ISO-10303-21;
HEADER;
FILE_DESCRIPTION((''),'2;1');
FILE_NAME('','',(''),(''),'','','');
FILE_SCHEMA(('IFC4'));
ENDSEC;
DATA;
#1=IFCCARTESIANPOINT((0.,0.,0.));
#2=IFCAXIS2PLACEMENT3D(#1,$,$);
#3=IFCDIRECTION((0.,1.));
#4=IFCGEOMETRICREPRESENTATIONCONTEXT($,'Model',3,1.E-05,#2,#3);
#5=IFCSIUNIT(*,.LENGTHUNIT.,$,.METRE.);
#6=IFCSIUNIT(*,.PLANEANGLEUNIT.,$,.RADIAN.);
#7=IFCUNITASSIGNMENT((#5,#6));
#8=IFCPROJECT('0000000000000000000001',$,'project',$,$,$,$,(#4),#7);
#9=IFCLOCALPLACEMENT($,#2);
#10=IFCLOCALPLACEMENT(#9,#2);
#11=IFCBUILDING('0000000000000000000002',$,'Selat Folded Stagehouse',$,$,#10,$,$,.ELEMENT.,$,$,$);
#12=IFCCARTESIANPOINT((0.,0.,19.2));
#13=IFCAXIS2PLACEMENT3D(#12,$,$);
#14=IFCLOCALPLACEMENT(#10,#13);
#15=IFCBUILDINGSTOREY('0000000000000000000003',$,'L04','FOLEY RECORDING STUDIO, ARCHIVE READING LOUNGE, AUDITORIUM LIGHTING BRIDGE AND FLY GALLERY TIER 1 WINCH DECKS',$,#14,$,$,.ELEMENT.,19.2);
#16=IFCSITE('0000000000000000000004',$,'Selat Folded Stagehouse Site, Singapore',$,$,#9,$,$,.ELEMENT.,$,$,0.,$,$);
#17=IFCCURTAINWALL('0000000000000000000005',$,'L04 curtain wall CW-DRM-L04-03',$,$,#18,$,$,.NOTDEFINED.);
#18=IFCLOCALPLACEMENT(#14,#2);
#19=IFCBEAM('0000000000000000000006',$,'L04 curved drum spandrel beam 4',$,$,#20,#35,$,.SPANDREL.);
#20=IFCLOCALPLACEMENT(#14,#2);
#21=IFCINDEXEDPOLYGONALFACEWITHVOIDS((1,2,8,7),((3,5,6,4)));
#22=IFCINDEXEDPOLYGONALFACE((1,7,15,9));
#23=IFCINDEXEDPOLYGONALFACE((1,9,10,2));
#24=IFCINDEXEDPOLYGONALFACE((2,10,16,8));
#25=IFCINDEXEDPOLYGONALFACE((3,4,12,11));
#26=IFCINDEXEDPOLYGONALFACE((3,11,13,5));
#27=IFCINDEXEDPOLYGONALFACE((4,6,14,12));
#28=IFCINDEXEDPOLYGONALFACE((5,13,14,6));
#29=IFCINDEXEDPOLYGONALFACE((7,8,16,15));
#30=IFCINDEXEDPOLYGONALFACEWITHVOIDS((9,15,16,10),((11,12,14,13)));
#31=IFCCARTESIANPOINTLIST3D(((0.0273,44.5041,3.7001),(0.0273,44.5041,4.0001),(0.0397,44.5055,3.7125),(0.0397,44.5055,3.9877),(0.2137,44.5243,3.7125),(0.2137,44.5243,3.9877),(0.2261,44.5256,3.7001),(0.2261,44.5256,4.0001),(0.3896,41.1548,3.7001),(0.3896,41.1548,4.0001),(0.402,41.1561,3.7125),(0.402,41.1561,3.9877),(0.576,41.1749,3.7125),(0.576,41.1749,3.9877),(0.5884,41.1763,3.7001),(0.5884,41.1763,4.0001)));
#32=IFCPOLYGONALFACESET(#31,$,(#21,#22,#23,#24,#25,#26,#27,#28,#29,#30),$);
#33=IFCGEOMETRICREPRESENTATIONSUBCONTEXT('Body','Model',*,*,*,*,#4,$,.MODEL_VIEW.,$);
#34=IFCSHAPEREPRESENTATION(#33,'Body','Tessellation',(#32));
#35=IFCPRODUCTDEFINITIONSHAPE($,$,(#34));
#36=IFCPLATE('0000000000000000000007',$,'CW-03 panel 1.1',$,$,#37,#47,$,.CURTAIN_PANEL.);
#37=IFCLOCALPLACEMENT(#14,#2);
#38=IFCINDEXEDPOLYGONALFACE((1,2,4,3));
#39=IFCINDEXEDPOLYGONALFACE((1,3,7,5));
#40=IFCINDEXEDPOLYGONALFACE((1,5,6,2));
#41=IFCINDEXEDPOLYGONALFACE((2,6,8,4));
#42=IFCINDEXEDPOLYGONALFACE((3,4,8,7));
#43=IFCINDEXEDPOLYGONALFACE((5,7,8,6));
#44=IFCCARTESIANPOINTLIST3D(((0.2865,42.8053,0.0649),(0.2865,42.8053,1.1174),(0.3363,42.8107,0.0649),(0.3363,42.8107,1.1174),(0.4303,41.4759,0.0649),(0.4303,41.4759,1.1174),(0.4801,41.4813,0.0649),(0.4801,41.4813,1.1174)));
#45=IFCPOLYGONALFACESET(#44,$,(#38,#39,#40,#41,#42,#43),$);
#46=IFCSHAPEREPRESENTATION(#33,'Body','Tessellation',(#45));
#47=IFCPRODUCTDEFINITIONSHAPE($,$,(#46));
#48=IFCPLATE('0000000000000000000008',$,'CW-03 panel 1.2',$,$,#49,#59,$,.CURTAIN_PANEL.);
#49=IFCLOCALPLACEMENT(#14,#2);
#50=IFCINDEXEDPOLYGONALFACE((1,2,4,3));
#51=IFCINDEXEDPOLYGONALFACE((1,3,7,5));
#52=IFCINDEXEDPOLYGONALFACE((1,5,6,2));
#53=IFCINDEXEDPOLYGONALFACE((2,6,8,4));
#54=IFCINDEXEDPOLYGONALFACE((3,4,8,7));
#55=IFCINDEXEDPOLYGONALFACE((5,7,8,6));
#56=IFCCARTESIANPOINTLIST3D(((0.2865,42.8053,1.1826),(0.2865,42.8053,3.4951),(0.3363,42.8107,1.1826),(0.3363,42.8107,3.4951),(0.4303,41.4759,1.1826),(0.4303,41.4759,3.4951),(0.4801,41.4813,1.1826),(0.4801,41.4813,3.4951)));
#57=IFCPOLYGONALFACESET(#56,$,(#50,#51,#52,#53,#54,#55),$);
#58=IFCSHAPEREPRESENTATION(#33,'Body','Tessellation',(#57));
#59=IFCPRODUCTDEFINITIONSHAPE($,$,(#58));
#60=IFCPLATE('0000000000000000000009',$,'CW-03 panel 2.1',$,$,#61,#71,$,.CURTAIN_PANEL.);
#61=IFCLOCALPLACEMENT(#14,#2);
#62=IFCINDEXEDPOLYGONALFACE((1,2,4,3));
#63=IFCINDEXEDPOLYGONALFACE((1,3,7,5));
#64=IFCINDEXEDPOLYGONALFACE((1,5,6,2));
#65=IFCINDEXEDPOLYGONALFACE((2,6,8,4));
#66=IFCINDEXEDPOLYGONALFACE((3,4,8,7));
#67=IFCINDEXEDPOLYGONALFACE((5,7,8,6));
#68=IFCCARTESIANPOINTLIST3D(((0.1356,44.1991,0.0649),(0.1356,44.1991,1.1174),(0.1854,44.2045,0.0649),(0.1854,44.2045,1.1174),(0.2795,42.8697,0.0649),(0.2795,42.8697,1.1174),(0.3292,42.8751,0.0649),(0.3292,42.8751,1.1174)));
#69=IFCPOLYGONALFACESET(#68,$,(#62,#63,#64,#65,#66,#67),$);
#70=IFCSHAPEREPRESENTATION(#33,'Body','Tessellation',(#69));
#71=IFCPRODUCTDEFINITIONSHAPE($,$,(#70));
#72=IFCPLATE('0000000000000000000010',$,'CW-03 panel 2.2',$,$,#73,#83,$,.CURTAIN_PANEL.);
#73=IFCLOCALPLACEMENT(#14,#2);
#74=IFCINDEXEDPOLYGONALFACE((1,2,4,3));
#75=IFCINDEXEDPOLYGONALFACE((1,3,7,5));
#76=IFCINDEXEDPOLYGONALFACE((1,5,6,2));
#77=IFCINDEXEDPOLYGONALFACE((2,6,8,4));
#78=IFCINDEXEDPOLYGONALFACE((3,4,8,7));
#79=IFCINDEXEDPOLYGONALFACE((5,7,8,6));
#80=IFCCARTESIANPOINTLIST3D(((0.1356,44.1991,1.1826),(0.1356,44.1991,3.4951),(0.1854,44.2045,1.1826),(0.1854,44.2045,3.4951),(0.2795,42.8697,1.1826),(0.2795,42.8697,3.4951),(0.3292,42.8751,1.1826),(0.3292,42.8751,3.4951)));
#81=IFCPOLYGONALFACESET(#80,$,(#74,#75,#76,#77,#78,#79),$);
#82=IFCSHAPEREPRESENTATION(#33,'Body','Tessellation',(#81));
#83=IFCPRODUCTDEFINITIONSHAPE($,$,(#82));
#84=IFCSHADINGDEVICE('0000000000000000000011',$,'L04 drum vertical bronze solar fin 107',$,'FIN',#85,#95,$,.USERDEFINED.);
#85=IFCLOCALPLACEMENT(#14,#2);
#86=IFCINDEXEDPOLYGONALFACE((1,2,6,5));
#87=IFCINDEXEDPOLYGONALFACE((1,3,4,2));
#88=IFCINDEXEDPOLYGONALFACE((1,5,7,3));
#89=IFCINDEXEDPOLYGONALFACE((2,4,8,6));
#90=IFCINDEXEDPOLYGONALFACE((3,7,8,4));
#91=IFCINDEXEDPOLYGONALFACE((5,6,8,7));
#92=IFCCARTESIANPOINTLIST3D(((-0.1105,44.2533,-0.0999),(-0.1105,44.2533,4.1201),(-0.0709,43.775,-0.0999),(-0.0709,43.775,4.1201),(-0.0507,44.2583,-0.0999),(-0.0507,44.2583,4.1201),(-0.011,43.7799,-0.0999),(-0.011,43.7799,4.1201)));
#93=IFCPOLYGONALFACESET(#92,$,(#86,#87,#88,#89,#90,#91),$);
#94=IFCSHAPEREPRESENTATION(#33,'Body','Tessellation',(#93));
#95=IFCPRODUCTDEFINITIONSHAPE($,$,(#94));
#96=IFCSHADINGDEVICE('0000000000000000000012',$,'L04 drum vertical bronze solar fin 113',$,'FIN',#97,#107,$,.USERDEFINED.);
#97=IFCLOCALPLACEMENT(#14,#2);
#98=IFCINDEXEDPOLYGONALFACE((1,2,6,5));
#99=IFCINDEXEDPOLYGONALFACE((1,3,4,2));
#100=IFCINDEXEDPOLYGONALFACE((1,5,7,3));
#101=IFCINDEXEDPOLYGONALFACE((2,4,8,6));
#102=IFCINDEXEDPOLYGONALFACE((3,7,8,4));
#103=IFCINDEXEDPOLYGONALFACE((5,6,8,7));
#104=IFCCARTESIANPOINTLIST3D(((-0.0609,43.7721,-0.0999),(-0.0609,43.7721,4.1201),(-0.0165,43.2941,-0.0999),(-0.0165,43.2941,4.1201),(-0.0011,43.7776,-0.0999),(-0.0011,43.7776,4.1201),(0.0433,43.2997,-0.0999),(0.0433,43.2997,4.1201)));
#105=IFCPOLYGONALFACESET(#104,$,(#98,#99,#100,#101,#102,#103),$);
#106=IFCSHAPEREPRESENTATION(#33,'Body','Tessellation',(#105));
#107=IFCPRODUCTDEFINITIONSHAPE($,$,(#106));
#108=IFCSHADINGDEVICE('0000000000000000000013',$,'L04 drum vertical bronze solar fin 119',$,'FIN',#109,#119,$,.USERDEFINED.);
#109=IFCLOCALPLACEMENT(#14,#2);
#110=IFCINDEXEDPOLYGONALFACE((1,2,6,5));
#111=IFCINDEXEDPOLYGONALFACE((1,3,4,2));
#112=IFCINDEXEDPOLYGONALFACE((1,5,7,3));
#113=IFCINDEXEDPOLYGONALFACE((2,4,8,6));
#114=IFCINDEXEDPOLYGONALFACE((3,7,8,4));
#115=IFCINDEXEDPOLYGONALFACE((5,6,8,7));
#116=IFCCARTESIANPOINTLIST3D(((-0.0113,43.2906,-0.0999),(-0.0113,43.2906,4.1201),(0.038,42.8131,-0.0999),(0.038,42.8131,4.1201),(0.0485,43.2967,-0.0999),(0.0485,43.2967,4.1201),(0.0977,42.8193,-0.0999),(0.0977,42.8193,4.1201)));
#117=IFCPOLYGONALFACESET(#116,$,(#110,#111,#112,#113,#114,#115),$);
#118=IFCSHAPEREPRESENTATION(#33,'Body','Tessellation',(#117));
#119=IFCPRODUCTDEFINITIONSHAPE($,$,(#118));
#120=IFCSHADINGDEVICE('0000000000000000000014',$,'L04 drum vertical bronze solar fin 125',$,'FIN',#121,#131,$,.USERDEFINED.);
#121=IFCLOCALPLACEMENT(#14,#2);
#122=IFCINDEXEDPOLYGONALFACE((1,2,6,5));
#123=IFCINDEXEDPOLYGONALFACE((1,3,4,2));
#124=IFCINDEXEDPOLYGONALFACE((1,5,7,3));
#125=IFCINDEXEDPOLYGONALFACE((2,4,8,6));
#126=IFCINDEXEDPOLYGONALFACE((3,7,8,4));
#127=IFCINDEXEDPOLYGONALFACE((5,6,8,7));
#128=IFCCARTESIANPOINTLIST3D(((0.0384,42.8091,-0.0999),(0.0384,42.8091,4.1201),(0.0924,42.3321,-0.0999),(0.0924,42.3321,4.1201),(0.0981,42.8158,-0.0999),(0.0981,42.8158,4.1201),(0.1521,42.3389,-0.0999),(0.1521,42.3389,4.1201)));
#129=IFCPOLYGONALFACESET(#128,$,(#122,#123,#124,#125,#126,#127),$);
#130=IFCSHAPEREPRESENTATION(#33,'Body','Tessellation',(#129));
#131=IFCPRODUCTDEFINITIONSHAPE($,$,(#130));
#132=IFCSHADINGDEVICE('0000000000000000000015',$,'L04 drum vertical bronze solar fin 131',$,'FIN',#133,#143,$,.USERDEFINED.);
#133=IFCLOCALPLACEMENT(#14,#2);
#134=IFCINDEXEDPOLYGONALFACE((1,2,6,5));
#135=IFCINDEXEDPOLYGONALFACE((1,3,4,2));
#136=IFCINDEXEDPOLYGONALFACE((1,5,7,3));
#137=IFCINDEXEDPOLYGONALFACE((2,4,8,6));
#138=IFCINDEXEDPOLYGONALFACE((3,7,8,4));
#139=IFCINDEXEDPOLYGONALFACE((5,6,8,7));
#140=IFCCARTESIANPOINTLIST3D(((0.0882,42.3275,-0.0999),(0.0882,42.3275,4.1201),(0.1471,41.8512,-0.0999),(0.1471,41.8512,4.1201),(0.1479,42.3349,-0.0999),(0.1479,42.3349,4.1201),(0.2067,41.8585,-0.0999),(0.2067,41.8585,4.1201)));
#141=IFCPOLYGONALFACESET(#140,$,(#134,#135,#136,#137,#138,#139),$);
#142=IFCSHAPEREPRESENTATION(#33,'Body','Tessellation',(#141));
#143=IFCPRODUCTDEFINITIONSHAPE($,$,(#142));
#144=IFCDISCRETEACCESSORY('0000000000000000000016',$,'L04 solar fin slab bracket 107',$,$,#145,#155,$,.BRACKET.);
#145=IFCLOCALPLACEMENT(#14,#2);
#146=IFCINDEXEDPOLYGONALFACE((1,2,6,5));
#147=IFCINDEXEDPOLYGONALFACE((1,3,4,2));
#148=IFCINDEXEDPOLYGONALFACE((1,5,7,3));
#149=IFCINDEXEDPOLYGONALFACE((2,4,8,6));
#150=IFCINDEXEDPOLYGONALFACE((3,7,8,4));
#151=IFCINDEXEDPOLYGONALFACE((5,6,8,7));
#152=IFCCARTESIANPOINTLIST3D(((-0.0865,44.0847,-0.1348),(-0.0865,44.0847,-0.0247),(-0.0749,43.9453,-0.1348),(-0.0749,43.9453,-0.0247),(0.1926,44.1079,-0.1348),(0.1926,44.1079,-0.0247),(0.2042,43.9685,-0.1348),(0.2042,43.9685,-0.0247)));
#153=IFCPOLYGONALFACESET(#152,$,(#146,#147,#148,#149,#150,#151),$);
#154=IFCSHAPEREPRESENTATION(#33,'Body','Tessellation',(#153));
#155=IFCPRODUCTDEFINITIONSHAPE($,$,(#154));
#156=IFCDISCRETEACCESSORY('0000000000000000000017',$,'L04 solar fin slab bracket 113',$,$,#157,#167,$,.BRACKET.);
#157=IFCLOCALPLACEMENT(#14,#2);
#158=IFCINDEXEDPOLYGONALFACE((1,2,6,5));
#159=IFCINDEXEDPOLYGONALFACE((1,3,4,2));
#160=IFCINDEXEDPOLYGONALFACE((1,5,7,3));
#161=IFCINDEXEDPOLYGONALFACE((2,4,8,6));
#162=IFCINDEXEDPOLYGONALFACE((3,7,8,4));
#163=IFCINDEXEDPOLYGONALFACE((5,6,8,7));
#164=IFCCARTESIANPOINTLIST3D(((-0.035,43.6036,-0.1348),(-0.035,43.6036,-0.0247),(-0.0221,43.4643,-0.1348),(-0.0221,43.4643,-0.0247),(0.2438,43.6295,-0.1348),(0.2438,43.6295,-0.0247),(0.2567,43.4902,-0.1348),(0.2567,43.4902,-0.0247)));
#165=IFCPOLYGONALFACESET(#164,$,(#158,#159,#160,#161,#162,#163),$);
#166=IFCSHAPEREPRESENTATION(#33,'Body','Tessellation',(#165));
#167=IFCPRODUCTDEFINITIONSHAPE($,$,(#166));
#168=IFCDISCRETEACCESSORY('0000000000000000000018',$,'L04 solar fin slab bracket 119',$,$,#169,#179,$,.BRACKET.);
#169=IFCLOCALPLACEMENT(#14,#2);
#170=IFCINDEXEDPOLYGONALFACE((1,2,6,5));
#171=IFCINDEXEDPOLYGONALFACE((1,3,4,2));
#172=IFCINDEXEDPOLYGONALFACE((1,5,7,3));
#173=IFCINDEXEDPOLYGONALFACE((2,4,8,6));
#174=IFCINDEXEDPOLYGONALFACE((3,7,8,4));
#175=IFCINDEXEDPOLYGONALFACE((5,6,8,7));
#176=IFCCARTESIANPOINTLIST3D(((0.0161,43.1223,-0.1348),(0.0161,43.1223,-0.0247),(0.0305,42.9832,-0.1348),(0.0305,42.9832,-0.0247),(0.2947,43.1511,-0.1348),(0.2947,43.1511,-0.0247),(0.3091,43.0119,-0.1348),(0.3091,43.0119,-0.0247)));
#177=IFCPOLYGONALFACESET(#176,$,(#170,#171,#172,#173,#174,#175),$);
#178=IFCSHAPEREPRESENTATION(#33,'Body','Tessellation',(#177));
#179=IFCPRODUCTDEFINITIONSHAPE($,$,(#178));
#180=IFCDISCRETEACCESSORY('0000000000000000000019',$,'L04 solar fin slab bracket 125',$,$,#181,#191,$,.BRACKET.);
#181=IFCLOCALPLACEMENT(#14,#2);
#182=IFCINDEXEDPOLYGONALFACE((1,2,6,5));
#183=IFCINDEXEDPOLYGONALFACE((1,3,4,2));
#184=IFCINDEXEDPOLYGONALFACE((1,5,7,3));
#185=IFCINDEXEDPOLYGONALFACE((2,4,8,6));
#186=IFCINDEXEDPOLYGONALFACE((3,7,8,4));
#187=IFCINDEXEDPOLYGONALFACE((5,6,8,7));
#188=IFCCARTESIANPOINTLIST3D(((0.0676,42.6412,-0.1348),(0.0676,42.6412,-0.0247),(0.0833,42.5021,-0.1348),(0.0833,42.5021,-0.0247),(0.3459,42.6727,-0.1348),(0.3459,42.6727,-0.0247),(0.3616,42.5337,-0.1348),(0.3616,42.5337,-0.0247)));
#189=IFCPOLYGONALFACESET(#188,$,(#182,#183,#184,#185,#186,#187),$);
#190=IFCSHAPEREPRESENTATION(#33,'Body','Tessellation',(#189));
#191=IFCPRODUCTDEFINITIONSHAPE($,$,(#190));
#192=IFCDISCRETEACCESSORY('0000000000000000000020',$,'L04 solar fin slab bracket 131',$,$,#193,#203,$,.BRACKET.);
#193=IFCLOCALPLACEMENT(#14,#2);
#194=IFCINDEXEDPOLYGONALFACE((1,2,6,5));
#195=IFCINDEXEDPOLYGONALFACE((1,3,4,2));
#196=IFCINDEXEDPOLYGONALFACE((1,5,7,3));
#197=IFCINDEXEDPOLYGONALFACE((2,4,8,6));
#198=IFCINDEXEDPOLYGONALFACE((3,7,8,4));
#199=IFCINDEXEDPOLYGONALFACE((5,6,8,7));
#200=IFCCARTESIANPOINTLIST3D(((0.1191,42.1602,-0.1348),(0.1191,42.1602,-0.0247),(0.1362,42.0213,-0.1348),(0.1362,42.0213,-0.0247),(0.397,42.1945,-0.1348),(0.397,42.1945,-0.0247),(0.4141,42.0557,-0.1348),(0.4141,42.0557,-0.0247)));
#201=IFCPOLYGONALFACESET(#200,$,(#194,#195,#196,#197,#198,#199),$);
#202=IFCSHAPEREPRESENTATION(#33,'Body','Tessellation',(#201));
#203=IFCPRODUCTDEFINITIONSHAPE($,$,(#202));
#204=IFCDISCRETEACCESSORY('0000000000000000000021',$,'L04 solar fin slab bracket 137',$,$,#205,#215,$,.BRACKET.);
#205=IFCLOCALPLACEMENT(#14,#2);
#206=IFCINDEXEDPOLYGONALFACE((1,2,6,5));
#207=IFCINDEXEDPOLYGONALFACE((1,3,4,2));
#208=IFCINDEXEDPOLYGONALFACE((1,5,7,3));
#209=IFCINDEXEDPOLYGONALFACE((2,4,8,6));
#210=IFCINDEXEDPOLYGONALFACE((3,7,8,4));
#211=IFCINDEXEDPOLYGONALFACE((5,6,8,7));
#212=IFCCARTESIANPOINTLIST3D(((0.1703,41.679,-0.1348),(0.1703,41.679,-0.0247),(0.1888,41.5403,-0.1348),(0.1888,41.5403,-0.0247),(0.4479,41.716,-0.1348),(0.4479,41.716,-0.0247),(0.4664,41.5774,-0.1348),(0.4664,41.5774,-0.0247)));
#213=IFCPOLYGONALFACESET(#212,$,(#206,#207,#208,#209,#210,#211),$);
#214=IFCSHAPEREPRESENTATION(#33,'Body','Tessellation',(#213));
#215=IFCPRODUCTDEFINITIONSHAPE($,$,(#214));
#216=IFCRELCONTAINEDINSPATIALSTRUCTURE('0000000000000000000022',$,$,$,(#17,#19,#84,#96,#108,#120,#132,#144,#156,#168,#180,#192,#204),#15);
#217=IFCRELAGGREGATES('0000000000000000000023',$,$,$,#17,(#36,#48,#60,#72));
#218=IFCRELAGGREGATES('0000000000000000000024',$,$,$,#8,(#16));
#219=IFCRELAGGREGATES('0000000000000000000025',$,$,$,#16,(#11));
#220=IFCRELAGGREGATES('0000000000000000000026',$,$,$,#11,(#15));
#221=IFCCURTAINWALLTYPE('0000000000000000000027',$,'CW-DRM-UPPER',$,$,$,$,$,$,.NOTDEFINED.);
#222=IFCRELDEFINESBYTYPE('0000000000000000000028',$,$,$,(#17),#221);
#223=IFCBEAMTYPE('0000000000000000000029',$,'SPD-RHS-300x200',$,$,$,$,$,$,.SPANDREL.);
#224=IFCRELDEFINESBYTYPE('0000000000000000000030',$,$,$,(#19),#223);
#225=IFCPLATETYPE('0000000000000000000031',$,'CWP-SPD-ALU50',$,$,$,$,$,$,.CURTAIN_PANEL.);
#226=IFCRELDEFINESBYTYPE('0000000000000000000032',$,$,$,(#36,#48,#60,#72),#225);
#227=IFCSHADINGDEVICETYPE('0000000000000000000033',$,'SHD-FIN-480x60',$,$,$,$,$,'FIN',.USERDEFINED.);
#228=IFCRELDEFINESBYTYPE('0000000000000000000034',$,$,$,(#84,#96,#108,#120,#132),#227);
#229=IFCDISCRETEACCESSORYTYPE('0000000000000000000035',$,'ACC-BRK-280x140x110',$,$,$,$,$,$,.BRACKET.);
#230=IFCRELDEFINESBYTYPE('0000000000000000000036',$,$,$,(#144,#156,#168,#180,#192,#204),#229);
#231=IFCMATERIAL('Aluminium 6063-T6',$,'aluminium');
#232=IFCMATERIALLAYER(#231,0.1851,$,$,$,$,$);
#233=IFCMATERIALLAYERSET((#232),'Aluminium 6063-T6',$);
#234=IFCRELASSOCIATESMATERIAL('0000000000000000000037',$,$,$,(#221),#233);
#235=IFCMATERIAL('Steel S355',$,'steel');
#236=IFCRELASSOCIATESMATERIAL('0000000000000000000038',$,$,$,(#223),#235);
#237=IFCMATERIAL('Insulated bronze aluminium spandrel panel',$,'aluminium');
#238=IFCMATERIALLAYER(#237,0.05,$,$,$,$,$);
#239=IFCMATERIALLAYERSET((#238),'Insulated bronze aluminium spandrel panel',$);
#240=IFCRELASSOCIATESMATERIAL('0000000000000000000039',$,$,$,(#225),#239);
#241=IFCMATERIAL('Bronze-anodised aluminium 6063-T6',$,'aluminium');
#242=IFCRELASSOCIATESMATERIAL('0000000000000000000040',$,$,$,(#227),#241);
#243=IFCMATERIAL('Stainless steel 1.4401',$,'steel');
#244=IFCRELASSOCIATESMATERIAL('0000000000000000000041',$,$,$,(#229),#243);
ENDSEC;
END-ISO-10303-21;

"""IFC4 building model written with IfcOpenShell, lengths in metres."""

from ifc_helpers import new_model, si_unit, direction, frame, origin, origin_2d, place, context, subcontext, project, spatial, rectangle, hollow_rectangle, extrude, material, layer, layer_set, material_profile, profile_set, type_object, element, aggregate, save


model = new_model("IFC4")

# Units and contexts
model_context = context("Model", 3, precision=1e-05, world=origin(), true_north=direction((0.0, 1.0)))
body_context = subcontext(model_context, "Body", "Model", "MODEL_VIEW")
ifc_project = project(units=[si_unit("LENGTHUNIT", "METRE"), si_unit("PLANEANGLEUNIT", "RADIAN")], contexts=[model_context])

# Site, building, storey
site_placement = place(None, origin())
site = spatial("IfcSite", under=ifc_project, at=site_placement, Name="Selat Folded Stagehouse Site, Singapore", CompositionType="ELEMENT", RefElevation=0.0)
building_placement = place(site_placement, origin())
building = spatial("IfcBuilding", under=site, at=building_placement, Name="Selat Folded Stagehouse", CompositionType="ELEMENT")
storey_placement = place(building_placement, frame((0.0, 0.0, 19.2)))
storey = spatial("IfcBuildingStorey", under=building, at=storey_placement, Name="L04", Description="FOLEY RECORDING STUDIO, ARCHIVE READING LOUNGE, AUDITORIUM LIGHTING BRIDGE AND FLY GALLERY TIER 1 WINCH DECKS", CompositionType="ELEMENT", Elevation=19.2)

# Shared definitions
ifc_material_1 = material(Name="Steel S355", Category="steel")

# Shared definitions
ifc_material_2 = material(Name="Aluminium 6063-T6", Category="aluminium")
ifc_layer_1 = layer(ifc_material_2, 0.1851)
ifc_layer_set_1 = layer_set([ifc_layer_1], Name="Aluminium 6063-T6")
curtain_wall_type = type_object("IfcCurtainWallType", Name="CW-DRM-UPPER", PredefinedType="NOTDEFINED", material=ifc_layer_set_1)

# Curtain wall
curtain_wall_1_placement = place(storey_placement, origin())
curtain_wall_1 = element("IfcCurtainWall", 1, at=curtain_wall_1_placement, inside=storey, type_object=curtain_wall_type, Name="L04 curtain wall CW-DRM-L04-03", PredefinedType="NOTDEFINED")

# Beam
ifc_material_profile_1 = material_profile(ifc_material_1, hollow_rectangle(XDim=0.2, YDim=0.3, WallThickness=0.0125, at=origin_2d()), Name="RHS 300x200x12.5")
ifc_profile_set_1 = profile_set([ifc_material_profile_1], Name="Steel S355")
beam_type = type_object("IfcBeamType", Name="SPD-RHS-300x200", PredefinedType="SPANDREL", material=ifc_profile_set_1)
beam_placement = place(storey_placement, frame((0.1267, 44.5149, 3.8501), z_axis=(0.107544, -0.9942, 0.0), x_axis=(0.9942, 0.107544, 0.0)))
element("IfcBeam", 2, at=beam_placement, inside=storey, type_object=beam_type, Name="L04 curved drum spandrel beam 4", PredefinedType="SPANDREL", context=body_context, shape_type="SweptSolid", body=[
    extrude(hollow_rectangle(XDim=0.2, YDim=0.3, WallThickness=0.0125, at=origin_2d()), origin(), (0.0, 0.0, 1.0), 3.3689),
])

# Plates
ifc_material_3 = material(Name="Insulated bronze aluminium spandrel panel", Category="aluminium")
ifc_layer_2 = layer(ifc_material_3, 0.05)
ifc_layer_set_2 = layer_set([ifc_layer_2], Name="Insulated bronze aluminium spandrel panel")
plate_type = type_object("IfcPlateType", Name="CWP-SPD-ALU50", PredefinedType="CURTAIN_PANEL", material=ifc_layer_set_2)
plate_1_placement = place(storey_placement, frame((0.3833, 42.1433, 0.0649), z_axis=(0.0, 0.0, 1.0), x_axis=(-0.107558, 0.994199, 0.0)))
plate_1 = element("IfcPlate", 3, at=plate_1_placement, type_object=plate_type, Name="CW-03 panel 1.1", PredefinedType="CURTAIN_PANEL", context=body_context, shape_type="SweptSolid", body=[
    extrude(rectangle(XDim=1.3372, YDim=0.05, at=origin_2d()), origin(), (0.0, 0.0, 1.0), 1.0525),
])
plate_2_placement = place(storey_placement, frame((0.3833, 42.1433, 1.1826), z_axis=(0.0, 0.0, 1.0), x_axis=(-0.107558, 0.994199, 0.0)))
plate_2 = element("IfcPlate", 4, at=plate_2_placement, type_object=plate_type, Name="CW-03 panel 1.2", PredefinedType="CURTAIN_PANEL", context=body_context, shape_type="SweptSolid", body=[
    extrude(rectangle(XDim=1.3372, YDim=0.05, at=origin_2d()), origin(), (0.0, 0.0, 1.0), 2.3125),
])
plate_3_placement = place(storey_placement, frame((0.2324, 43.5371, 0.0649), z_axis=(0.0, 0.0, 1.0), x_axis=(-0.107558, 0.994199, 0.0)))
plate_3 = element("IfcPlate", 5, at=plate_3_placement, type_object=plate_type, Name="CW-03 panel 2.1", PredefinedType="CURTAIN_PANEL", context=body_context, shape_type="SweptSolid", body=[
    extrude(rectangle(XDim=1.3372, YDim=0.05, at=origin_2d()), origin(), (0.0, 0.0, 1.0), 1.0525),
])
plate_4_placement = place(storey_placement, frame((0.2324, 43.5371, 1.1826), z_axis=(0.0, 0.0, 1.0), x_axis=(-0.107558, 0.994199, 0.0)))
plate_4 = element("IfcPlate", 6, at=plate_4_placement, type_object=plate_type, Name="CW-03 panel 2.2", PredefinedType="CURTAIN_PANEL", context=body_context, shape_type="SweptSolid", body=[
    extrude(rectangle(XDim=1.3372, YDim=0.05, at=origin_2d()), origin(), (0.0, 0.0, 1.0), 2.3125),
])
aggregate(curtain_wall_1, [plate_1, plate_2, plate_3, plate_4])

# Shading devices
ifc_material_4 = material(Name="Bronze-anodised aluminium 6063-T6", Category="aluminium")
ifc_material_profile_2 = material_profile(ifc_material_4, rectangle(XDim=0.0601, YDim=0.48, at=origin_2d()), Name="SOLAR-FIN 480x60")
ifc_profile_set_2 = profile_set([ifc_material_profile_2], Name="Bronze-anodised aluminium 6063-T6")
shading_device_type = type_object("IfcShadingDeviceType", Name="SHD-FIN-480x60", ElementType="FIN", PredefinedType="USERDEFINED", material=ifc_profile_set_2)
for number, where, z_axis, x_axis, name in (
    (7, (-0.0608, 44.0166, -0.0999), (0.0, 0.0, 1.0), (-0.99658, -0.082634, 0.0), "L04 drum vertical bronze solar fin 107"),
    (8, (-0.0088, 43.5359, -0.0999), (0.0, 0.0, 1.0), (-0.995709, -0.092544, 0.0), "L04 drum vertical bronze solar fin 113"),
    (9, (0.0432, 43.0549, -0.0999), (0.0, 0.0, 1.0), (-0.994721, -0.102619, 0.0), "L04 drum vertical bronze solar fin 119"),
    (10, (0.0952, 42.574, -0.0999), (0.0, 0.0, 1.0), (-0.993651, -0.11251, 0.0), "L04 drum vertical bronze solar fin 125"),
    (11, (0.1475, 42.093, -0.0999), (0.0, 0.0, 1.0), (-0.992461, -0.122562, 0.0), "L04 drum vertical bronze solar fin 131"),
):
    element("IfcShadingDevice", number, at=place(storey_placement, frame(where, z_axis=z_axis, x_axis=x_axis)), inside=storey, type_object=shading_device_type, Name=name, ObjectType="FIN", PredefinedType="USERDEFINED", context=body_context, shape_type="SweptSolid", body=[
        extrude(rectangle(XDim=0.0601, YDim=0.48, at=origin_2d()), origin(), (0.0, 0.0, 1.0), 4.22),
    ])

# Discrete accessories
ifc_material_5 = material(Name="Stainless steel 1.4401", Category="steel")
discrete_accessory_type = type_object("IfcDiscreteAccessoryType", Name="ACC-BRK-280x140x110", PredefinedType="BRACKET", material=ifc_material_5)
for number, where, z_axis, x_axis, name in (
    (12, (0.0588, 44.0266, -0.1348), (0.0, 0.0, 1.0), (-0.99658, -0.082634, 0.0), "L04 solar fin slab bracket 107"),
    (13, (0.1108, 43.5469, -0.1348), (0.0, 0.0, 1.0), (-0.995709, -0.092544, 0.0), "L04 solar fin slab bracket 113"),
    (14, (0.1626, 43.0671, -0.1348), (0.0, 0.0, 1.0), (-0.994721, -0.102619, 0.0), "L04 solar fin slab bracket 119"),
    (15, (0.2146, 42.5874, -0.1348), (0.0, 0.0, 1.0), (-0.993651, -0.11251, 0.0), "L04 solar fin slab bracket 125"),
    (16, (0.2666, 42.1079, -0.1348), (0.0, 0.0, 1.0), (-0.992461, -0.122562, 0.0), "L04 solar fin slab bracket 131"),
    (17, (0.3184, 41.6282, -0.1348), (0.0, 0.0, 1.0), (-0.991192, -0.132429, 0.0), "L04 solar fin slab bracket 137"),
):
    element("IfcDiscreteAccessory", number, at=place(storey_placement, frame(where, z_axis=z_axis, x_axis=x_axis)), inside=storey, type_object=discrete_accessory_type, Name=name, PredefinedType="BRACKET", context=body_context, shape_type="SweptSolid", body=[
        extrude(rectangle(XDim=0.28, YDim=0.1399, at=origin_2d()), origin(), (0.0, 0.0, 1.0), 0.1101),
    ])

save(model, "model.ifc")
